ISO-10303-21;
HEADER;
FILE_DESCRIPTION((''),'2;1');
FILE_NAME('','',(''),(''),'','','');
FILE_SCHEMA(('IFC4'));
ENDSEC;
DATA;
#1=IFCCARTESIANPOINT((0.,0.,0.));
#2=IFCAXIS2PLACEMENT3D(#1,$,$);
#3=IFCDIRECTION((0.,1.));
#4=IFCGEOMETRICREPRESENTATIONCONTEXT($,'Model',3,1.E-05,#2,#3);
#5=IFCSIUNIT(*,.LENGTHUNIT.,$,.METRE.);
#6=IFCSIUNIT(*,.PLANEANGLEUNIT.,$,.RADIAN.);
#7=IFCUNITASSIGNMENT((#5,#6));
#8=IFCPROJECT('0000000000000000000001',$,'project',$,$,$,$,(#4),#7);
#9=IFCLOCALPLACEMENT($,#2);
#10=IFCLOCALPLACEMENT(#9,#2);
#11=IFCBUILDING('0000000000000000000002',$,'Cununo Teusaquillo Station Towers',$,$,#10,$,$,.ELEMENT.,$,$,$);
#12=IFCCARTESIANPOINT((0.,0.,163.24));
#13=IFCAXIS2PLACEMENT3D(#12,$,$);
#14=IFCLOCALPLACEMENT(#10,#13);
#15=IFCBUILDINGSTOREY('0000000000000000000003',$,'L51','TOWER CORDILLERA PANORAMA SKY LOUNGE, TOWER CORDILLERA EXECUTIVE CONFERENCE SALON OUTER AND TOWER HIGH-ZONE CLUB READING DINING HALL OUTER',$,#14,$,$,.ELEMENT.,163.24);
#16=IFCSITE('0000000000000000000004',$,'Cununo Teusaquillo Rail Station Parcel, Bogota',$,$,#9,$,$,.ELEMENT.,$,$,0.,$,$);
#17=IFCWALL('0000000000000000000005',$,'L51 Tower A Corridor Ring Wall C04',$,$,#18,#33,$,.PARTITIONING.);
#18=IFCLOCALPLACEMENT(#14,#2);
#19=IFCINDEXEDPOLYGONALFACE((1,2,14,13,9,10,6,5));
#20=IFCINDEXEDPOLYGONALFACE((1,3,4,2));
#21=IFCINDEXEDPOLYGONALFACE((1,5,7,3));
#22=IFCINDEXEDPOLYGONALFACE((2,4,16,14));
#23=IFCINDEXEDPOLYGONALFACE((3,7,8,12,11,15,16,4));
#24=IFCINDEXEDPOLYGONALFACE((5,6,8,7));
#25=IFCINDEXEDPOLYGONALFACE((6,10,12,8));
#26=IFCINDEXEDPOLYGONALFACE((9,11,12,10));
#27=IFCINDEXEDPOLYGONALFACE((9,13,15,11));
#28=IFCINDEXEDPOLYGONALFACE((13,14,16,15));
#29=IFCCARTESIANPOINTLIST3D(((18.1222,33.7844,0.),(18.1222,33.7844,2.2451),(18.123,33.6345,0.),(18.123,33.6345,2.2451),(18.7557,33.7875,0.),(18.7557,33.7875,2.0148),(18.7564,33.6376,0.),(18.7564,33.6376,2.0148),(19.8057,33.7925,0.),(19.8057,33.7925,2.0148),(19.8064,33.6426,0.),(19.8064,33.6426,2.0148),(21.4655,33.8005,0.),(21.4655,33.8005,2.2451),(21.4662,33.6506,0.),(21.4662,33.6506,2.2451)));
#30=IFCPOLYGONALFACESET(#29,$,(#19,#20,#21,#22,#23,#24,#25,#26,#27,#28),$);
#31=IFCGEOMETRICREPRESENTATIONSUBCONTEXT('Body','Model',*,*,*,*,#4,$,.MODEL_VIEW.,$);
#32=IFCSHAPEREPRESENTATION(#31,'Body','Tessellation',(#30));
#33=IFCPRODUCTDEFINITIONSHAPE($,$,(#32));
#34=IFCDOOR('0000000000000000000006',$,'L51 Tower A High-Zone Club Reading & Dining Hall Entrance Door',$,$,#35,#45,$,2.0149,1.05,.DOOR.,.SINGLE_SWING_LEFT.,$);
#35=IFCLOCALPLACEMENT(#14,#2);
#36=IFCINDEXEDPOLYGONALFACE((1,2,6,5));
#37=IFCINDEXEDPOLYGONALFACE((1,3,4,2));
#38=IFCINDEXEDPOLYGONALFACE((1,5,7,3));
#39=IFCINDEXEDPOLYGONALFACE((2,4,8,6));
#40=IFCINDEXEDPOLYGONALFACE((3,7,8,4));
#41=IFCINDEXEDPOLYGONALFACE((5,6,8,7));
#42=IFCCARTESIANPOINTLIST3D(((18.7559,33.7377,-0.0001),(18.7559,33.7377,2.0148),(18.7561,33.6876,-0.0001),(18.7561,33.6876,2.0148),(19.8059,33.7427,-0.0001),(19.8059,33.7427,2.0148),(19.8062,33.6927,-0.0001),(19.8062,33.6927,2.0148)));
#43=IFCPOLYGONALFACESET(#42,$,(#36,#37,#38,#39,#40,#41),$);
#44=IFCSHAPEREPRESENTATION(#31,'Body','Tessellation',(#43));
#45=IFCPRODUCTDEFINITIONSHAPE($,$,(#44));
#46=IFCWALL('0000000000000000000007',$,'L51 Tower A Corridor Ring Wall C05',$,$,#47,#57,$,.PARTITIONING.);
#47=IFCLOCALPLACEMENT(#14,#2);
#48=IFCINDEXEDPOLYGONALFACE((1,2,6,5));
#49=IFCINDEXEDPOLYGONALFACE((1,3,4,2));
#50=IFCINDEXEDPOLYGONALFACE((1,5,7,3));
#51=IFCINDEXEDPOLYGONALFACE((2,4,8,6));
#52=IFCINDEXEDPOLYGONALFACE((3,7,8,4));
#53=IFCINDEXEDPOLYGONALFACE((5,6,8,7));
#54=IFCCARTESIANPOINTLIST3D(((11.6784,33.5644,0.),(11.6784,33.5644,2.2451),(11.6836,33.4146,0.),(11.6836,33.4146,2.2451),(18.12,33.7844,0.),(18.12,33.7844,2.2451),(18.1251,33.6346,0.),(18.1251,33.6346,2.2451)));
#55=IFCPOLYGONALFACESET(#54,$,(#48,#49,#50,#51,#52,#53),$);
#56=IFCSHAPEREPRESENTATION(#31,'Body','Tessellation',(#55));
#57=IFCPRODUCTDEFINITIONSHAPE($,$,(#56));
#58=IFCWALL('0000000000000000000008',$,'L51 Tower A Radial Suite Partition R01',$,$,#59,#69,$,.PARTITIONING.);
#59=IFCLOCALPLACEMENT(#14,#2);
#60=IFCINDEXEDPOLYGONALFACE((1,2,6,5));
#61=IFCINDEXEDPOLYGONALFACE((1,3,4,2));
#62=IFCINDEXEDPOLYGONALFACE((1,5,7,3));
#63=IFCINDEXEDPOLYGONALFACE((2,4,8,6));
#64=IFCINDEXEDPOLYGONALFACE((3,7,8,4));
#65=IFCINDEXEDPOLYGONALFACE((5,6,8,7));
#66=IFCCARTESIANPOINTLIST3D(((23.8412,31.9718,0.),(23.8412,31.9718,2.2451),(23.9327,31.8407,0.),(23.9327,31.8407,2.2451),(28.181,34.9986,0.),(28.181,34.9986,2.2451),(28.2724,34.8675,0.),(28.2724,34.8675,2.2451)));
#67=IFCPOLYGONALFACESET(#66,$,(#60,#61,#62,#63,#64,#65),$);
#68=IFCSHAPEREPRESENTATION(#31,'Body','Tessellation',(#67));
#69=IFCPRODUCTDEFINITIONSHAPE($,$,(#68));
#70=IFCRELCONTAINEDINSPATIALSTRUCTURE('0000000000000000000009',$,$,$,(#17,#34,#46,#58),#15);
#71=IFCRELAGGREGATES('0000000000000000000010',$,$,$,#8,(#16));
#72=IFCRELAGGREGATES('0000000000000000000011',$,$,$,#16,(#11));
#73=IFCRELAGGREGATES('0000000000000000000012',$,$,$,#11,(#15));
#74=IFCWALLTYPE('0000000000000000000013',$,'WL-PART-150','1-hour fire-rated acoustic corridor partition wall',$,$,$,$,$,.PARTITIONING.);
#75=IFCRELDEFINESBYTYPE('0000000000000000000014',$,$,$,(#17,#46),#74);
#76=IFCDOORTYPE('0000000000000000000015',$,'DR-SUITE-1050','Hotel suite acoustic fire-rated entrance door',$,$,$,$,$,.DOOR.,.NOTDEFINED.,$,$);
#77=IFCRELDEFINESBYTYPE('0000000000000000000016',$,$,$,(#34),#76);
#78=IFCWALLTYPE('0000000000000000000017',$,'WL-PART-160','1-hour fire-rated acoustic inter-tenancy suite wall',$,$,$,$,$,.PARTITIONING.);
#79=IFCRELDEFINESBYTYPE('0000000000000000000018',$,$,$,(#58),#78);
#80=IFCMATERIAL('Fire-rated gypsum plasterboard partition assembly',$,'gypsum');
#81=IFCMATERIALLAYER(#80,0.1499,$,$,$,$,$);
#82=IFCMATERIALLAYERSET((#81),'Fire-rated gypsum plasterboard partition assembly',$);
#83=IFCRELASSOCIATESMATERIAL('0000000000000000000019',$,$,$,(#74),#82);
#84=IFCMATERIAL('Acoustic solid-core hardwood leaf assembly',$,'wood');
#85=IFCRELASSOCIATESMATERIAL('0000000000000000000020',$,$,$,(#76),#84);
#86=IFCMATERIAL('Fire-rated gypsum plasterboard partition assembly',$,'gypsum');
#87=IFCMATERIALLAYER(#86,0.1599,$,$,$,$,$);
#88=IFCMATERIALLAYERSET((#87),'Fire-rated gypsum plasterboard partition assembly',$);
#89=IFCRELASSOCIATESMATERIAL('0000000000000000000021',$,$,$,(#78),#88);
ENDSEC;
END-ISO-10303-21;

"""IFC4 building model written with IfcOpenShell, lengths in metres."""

from ifc_helpers import new_model, si_unit, direction, frame, frame_2d, origin, place, context, subcontext, project, spatial, rectangle, extrude, source, transform, mapped, material, layer, layer_set, type_object, element, fill, save


model = new_model("IFC4")

# Units and contexts
model_context = context("Model", 3, precision=1e-05, world=origin(), true_north=direction((0.0, 1.0)))
body_context = subcontext(model_context, "Body", "Model", "MODEL_VIEW")
ifc_project = project(units=[si_unit("LENGTHUNIT", "METRE"), si_unit("PLANEANGLEUNIT", "RADIAN")], contexts=[model_context])

# Site, building, storey
site_placement = place(None, origin())
site = spatial("IfcSite", under=ifc_project, at=site_placement, Name="Cununo Teusaquillo Rail Station Parcel, Bogota", CompositionType="ELEMENT", RefElevation=0.0)
building_placement = place(site_placement, origin())
building = spatial("IfcBuilding", under=site, at=building_placement, Name="Cununo Teusaquillo Station Towers", CompositionType="ELEMENT")
storey_placement = place(building_placement, frame((0.0, 0.0, 163.24)))
storey = spatial("IfcBuildingStorey", under=building, at=storey_placement, Name="L51", Description="TOWER CORDILLERA PANORAMA SKY LOUNGE, TOWER CORDILLERA EXECUTIVE CONFERENCE SALON OUTER AND TOWER HIGH-ZONE CLUB READING DINING HALL OUTER", CompositionType="ELEMENT", Elevation=163.24)

# Shared definitions
ifc_material_1 = material(Name="Fire-rated gypsum plasterboard partition assembly", Category="gypsum")
ifc_layer_1 = layer(ifc_material_1, 0.1499)
ifc_layer_set_1 = layer_set([ifc_layer_1], Name="Fire-rated gypsum plasterboard partition assembly")
wall_type_1 = type_object("IfcWallType", Name="WL-PART-150", Description="1-hour fire-rated acoustic corridor partition wall", PredefinedType="PARTITIONING", material=ifc_layer_set_1)

# Wall, opening, door
wall_1_placement = place(storey_placement, frame((21.4658, 33.7256, 0.0), z_axis=(0.0, 0.0, 1.0), x_axis=(-0.999988, -0.00482, 0.0)))
wall_1 = element("IfcWall", 1, at=wall_1_placement, inside=storey, type_object=wall_type_1, Name="L51 Tower A Corridor Ring Wall C04", PredefinedType="PARTITIONING", context=body_context, shape_type="SweptSolid", body=[
    extrude(rectangle(XDim=3.3433, YDim=0.1499, at=frame_2d((1.6716, 0.0))), origin(), (0.0, 0.0, 1.0), 2.2451),
])
shared_shape_1 = source(origin(), body_context, "Body", "SweptSolid", [
    extrude(rectangle(XDim=1.05, YDim=2.0149, at=frame_2d((0.5249, 1.0073))), frame((0.0, 0.085, 0.0), z_axis=(0.0, -1.0, 0.0), x_axis=(1.0, 0.0, 0.0)), (0.0, 0.0, 1.0), 0.1699),
])
opening_1_placement = place(wall_1_placement, frame((1.6599, 0.0, 0.0)))
opening_1 = element("IfcOpeningElement", 2, at=opening_1_placement, cuts=wall_1, PredefinedType="OPENING", context=body_context, shape_type="MappedRepresentation", body=[
    mapped(shared_shape_1, transform((0.0, 0.0, 0.0), x_axis=(1.0, 0.0, 0.0), y_axis=(0.0, 1.0, 0.0), z_axis=(0.0, 0.0, 1.0), scale=1.0)),
])
ifc_material_2 = material(Name="Acoustic solid-core hardwood leaf assembly", Category="wood")
door_type_1 = type_object("IfcDoorType", Name="DR-SUITE-1050", Description="Hotel suite acoustic fire-rated entrance door", OperationType="NOTDEFINED", PredefinedType="DOOR", material=ifc_material_2)
shared_shape_2 = source(origin(), body_context, "Body", "SweptSolid", [
    extrude(rectangle(XDim=1.05, YDim=2.0149, at=frame_2d((0.5249, 1.0073))), frame((0.0, 0.0249, 0.0), z_axis=(0.0, -1.0, 0.0), x_axis=(1.0, 0.0, 0.0)), (0.0, 0.0, 1.0), 0.05),
])
door_1_placement = place(opening_1_placement, origin())
door_1 = element("IfcDoor", 3, at=door_1_placement, inside=storey, type_object=door_type_1, Name="L51 Tower A High-Zone Club Reading & Dining Hall Entrance Door", OperationType="SINGLE_SWING_LEFT", OverallHeight=2.0149, OverallWidth=1.05, PredefinedType="DOOR", context=body_context, shape_type="MappedRepresentation", body=[
    mapped(shared_shape_2, transform((0.0, 0.0, 0.0), x_axis=(1.0, 0.0, 0.0), y_axis=(0.0, 1.0, 0.0), z_axis=(0.0, 0.0, 1.0), scale=1.0)),
])
fill(opening_1, door_1)

# Walls
wall_2_placement = place(storey_placement, frame((18.1226, 33.7095, 0.0), z_axis=(0.0, 0.0, 1.0), x_axis=(-0.999417, -0.034128, 0.0)))
element("IfcWall", 4, at=wall_2_placement, inside=storey, type_object=wall_type_1, Name="L51 Tower A Corridor Ring Wall C05", PredefinedType="PARTITIONING", context=body_context, shape_type="SweptSolid", body=[
    extrude(rectangle(XDim=6.4453, YDim=0.1499, at=frame_2d((3.2227, 0.0))), origin(), (0.0, 0.0, 1.0), 2.2451),
])
ifc_material_3 = material(Name="Fire-rated gypsum plasterboard partition assembly", Category="gypsum")
ifc_layer_2 = layer(ifc_material_3, 0.1599)
ifc_layer_set_2 = layer_set([ifc_layer_2], Name="Fire-rated gypsum plasterboard partition assembly")
wall_type_2 = type_object("IfcWallType", Name="WL-PART-160", Description="1-hour fire-rated acoustic inter-tenancy suite wall", PredefinedType="PARTITIONING", material=ifc_layer_set_2)
wall_3_placement = place(storey_placement, frame((23.887, 31.9062, 0.0), z_axis=(0.0, 0.0, 1.0), x_axis=(0.820211, 0.572062, 0.0)))
element("IfcWall", 5, at=wall_3_placement, inside=storey, type_object=wall_type_2, Name="L51 Tower A Radial Suite Partition R01", PredefinedType="PARTITIONING", context=body_context, shape_type="SweptSolid", body=[
    extrude(rectangle(XDim=5.291, YDim=0.1599, at=frame_2d((2.6455, 0.0))), origin(), (0.0, 0.0, 1.0), 2.2451),
])

save(model, "model.ifc")
